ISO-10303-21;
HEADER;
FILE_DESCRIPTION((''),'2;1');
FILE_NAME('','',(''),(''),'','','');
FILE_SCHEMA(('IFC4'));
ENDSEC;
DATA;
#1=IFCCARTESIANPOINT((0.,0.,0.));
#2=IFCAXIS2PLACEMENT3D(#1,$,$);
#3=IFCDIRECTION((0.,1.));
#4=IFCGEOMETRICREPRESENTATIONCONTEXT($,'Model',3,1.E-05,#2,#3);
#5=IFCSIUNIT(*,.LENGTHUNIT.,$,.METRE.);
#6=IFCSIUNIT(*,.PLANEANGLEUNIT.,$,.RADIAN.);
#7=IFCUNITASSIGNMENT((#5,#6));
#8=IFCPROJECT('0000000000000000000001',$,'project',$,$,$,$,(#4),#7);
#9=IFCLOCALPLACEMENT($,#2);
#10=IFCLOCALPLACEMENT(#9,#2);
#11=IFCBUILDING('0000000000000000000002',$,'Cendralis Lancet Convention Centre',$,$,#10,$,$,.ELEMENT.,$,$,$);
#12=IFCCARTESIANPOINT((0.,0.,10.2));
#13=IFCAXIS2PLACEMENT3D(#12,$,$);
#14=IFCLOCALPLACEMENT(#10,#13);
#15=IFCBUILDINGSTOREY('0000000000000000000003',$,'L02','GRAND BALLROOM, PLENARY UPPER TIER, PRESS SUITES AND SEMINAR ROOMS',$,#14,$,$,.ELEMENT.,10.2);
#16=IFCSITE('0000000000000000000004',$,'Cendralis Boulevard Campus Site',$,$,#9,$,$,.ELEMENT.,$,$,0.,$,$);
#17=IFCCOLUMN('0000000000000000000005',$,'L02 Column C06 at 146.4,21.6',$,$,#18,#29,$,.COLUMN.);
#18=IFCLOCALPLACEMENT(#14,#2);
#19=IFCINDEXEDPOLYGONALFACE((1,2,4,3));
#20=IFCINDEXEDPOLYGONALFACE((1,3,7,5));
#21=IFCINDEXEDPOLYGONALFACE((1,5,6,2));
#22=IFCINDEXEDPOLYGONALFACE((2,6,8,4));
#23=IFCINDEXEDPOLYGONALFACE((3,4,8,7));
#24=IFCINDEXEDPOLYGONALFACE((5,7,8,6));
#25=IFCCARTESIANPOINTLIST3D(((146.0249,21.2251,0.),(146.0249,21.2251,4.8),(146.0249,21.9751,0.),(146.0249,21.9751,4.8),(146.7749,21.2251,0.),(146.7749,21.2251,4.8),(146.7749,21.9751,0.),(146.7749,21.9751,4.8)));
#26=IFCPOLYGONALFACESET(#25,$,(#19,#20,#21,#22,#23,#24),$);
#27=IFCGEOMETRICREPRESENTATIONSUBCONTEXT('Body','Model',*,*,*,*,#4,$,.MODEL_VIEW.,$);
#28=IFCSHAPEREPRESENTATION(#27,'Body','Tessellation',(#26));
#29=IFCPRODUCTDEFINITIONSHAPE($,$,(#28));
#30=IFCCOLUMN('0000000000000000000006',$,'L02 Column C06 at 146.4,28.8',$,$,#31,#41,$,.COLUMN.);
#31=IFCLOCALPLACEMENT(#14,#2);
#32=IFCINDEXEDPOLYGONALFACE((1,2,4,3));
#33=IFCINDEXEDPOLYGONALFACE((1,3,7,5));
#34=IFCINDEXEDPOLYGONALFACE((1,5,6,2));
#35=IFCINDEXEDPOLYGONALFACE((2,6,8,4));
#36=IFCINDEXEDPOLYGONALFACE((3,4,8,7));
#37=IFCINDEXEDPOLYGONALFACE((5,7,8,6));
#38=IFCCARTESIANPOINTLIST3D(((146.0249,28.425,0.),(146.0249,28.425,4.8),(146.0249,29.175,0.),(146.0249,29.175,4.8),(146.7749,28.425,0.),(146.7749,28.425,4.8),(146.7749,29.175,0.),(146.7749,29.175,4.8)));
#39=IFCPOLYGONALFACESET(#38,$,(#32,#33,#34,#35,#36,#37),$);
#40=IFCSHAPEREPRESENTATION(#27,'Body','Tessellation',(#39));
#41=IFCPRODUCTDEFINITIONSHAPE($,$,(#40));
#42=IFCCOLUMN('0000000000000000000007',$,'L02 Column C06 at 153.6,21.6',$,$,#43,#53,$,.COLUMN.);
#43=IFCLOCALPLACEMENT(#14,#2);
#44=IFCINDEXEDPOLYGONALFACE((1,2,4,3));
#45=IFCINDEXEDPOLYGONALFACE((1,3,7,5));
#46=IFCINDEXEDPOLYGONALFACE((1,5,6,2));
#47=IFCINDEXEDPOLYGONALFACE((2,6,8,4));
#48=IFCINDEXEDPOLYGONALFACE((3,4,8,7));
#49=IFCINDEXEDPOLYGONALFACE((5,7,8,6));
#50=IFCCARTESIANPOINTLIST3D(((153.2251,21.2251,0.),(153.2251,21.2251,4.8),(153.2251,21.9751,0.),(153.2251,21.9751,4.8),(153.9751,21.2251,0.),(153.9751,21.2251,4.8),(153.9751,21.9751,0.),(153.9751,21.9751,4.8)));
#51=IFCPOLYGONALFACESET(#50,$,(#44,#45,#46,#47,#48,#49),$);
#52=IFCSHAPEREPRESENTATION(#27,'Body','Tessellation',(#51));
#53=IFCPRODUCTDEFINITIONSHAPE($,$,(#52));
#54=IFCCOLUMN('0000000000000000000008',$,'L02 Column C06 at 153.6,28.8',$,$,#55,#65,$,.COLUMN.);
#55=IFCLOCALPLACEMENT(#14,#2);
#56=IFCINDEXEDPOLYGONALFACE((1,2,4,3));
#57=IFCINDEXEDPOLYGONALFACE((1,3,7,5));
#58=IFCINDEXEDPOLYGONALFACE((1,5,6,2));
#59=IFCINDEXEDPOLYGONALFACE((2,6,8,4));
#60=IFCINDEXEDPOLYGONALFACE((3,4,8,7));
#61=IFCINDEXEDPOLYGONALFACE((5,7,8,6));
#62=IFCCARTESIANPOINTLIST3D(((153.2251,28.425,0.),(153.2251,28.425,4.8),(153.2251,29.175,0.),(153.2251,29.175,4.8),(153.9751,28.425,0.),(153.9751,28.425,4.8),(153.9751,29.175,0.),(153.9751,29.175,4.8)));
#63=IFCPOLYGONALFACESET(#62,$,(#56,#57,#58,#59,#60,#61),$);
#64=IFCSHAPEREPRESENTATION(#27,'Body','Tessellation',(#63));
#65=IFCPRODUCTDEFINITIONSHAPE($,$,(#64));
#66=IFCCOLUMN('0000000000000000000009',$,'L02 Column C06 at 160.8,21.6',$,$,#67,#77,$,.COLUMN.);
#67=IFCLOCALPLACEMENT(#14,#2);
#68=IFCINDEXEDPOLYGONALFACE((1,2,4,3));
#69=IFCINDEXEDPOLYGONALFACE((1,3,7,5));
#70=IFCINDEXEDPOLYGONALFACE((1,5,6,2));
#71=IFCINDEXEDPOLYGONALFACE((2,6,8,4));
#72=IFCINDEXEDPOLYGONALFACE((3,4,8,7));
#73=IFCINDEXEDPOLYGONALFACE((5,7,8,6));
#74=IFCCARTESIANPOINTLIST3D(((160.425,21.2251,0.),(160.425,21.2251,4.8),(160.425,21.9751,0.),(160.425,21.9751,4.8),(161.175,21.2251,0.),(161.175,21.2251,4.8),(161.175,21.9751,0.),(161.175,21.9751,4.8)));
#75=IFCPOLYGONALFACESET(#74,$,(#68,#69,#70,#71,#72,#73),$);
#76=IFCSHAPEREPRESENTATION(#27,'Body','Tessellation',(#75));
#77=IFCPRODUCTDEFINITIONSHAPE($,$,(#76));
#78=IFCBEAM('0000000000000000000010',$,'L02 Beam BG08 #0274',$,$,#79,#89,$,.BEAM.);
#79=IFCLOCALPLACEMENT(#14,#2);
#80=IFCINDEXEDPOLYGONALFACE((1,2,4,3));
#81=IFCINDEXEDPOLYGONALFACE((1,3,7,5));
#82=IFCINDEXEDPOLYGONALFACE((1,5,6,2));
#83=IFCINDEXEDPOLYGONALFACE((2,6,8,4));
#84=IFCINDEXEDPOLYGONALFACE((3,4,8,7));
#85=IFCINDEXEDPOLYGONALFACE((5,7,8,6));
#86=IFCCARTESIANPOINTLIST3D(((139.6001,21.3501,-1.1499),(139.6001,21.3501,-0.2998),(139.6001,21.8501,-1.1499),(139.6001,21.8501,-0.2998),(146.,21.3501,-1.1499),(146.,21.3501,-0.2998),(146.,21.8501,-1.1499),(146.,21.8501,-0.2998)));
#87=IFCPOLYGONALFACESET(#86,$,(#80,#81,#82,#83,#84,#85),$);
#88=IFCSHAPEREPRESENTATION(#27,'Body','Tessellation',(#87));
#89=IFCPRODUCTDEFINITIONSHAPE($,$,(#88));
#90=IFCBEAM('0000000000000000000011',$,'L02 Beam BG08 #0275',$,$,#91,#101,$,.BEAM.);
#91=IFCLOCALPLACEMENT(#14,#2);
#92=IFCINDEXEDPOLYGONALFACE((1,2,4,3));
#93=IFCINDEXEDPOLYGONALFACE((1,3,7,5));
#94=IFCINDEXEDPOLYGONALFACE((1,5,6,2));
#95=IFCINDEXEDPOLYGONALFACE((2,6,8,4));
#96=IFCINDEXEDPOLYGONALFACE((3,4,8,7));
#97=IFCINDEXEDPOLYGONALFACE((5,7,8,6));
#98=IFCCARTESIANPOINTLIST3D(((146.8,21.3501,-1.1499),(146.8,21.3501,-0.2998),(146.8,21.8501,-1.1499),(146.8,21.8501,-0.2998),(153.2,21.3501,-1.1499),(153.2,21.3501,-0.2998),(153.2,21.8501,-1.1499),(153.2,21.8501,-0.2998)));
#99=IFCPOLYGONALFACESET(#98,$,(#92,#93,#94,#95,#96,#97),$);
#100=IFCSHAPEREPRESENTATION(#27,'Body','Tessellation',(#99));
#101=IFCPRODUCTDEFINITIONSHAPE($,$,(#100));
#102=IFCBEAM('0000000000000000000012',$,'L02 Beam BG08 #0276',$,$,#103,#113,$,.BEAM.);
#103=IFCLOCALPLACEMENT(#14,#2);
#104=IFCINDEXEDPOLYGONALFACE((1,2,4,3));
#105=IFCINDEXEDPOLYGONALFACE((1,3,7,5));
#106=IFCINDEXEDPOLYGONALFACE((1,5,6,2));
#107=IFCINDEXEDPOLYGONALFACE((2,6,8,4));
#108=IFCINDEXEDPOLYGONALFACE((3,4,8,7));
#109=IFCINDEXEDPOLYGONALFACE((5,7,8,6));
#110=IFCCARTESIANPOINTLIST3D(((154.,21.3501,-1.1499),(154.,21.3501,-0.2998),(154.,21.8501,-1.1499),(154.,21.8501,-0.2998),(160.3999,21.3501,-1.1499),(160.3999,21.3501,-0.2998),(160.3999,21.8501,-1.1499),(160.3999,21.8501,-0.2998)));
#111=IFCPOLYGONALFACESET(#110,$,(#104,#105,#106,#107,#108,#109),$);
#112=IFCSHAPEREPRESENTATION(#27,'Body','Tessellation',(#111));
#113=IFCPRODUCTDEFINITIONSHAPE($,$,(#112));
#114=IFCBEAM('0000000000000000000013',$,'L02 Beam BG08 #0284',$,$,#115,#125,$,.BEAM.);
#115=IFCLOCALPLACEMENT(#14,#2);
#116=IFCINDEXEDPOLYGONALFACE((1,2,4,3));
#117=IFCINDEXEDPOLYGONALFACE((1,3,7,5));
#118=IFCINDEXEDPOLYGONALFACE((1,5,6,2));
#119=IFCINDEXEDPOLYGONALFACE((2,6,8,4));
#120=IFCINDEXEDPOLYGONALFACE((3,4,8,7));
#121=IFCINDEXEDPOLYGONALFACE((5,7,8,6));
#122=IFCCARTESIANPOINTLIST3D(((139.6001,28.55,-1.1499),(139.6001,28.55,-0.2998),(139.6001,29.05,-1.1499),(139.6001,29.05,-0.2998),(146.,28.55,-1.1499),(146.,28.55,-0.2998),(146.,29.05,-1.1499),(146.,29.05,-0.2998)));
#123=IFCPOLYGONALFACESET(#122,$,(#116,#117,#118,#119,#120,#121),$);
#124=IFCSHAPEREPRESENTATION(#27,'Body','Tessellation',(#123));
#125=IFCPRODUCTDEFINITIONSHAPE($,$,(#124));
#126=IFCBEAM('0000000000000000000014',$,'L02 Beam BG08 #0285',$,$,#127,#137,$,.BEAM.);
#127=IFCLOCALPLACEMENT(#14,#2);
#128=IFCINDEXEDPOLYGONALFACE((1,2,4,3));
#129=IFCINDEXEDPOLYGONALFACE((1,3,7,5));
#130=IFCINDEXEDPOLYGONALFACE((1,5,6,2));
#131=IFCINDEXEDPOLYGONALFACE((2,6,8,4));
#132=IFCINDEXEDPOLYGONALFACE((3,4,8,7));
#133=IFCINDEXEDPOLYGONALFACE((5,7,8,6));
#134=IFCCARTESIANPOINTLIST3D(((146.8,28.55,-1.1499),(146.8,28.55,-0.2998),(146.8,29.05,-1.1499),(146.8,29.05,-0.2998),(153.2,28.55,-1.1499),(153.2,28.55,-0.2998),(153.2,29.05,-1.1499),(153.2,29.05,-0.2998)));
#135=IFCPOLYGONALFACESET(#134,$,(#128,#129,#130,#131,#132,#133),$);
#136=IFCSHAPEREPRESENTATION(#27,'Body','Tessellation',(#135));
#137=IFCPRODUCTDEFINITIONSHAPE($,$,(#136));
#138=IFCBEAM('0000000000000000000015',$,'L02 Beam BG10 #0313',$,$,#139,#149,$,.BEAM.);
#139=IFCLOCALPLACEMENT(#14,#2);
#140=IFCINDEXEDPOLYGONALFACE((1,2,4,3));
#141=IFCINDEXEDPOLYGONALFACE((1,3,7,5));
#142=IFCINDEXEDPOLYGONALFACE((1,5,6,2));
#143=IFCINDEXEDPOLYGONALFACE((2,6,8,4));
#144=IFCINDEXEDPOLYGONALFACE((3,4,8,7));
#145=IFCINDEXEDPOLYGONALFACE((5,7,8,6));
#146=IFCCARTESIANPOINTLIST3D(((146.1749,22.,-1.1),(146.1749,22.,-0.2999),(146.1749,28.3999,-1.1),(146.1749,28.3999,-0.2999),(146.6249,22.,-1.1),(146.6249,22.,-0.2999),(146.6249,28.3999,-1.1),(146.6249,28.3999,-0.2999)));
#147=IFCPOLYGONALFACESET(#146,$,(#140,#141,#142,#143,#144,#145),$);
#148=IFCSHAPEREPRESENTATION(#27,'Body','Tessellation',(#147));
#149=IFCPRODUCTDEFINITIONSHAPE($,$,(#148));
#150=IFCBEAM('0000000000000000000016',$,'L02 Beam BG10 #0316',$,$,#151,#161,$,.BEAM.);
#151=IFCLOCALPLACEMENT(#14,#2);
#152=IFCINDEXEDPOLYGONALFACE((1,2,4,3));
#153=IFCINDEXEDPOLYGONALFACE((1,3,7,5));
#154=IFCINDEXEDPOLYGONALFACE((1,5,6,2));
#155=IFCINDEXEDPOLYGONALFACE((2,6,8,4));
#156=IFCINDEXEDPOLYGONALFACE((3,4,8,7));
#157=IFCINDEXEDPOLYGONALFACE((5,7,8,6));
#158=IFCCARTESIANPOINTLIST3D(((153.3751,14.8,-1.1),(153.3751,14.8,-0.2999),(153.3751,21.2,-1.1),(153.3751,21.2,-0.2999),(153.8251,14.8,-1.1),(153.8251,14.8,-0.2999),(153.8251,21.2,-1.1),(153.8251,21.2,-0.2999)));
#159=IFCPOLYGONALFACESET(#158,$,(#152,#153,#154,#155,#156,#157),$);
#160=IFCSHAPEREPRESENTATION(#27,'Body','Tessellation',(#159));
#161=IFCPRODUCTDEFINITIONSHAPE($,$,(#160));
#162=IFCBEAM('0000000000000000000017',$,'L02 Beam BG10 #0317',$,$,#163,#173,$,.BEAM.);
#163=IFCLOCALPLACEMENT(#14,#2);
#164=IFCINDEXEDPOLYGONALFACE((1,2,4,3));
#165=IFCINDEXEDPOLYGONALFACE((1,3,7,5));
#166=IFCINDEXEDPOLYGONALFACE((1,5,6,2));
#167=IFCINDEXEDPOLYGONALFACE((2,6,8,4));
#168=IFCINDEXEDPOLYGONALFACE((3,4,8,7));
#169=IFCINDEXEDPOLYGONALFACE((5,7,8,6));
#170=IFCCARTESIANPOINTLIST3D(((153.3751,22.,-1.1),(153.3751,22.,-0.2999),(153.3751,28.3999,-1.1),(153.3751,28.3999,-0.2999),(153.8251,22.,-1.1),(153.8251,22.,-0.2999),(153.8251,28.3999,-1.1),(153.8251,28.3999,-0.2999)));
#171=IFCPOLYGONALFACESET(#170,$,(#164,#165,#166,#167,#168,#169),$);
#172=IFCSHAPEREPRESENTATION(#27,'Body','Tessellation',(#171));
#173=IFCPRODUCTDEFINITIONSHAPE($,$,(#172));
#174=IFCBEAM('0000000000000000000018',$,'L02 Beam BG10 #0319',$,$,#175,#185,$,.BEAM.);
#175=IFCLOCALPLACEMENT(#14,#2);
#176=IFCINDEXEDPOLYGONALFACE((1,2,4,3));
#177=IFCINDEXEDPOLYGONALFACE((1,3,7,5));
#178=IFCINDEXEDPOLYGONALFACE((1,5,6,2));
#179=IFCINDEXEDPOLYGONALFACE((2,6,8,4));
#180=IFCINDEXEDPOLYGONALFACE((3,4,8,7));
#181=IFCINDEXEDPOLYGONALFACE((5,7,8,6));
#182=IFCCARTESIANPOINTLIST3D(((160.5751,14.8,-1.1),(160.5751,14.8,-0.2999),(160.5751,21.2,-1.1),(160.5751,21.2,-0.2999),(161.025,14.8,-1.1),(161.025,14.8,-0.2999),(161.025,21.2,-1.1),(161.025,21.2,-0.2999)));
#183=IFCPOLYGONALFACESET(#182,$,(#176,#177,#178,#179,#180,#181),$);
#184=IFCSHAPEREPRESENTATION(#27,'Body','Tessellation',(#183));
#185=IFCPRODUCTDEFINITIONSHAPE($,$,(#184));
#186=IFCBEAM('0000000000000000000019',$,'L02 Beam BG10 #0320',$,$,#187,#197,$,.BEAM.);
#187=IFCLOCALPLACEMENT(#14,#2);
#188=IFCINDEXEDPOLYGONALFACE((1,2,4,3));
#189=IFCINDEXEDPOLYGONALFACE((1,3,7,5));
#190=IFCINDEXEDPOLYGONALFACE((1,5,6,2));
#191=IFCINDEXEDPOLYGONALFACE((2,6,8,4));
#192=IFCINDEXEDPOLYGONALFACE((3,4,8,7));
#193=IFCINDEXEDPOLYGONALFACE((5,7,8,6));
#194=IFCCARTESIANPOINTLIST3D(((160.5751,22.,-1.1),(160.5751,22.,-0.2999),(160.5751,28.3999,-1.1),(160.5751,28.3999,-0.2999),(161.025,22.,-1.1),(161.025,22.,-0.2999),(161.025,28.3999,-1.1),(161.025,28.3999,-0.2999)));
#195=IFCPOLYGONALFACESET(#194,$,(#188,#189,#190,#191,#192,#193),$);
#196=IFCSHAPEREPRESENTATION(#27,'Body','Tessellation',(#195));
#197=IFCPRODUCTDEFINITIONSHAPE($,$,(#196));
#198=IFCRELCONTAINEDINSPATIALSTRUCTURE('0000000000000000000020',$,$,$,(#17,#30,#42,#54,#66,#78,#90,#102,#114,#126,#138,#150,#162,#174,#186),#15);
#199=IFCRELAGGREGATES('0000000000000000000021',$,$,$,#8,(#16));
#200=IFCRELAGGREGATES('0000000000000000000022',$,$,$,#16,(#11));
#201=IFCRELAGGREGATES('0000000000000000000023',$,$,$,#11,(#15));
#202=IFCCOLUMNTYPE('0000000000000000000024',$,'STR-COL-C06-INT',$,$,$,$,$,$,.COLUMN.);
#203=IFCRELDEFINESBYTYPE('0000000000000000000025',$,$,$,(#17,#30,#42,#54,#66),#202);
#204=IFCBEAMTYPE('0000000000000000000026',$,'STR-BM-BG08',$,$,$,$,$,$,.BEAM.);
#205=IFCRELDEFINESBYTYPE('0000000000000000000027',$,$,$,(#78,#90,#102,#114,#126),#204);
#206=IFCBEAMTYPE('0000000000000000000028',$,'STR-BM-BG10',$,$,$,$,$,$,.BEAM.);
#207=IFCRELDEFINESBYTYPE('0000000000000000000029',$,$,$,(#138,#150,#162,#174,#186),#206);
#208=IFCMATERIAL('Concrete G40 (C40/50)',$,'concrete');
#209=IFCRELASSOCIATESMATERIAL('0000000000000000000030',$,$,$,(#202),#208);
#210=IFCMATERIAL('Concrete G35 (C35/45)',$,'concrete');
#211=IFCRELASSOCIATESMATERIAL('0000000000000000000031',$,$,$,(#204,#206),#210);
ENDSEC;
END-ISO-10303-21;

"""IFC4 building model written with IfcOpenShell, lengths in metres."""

from ifc_helpers import new_model, si_unit, direction, frame, origin, origin_2d, place, context, subcontext, project, spatial, rectangle, extrude, material, material_profile, profile_set, type_object, element, save


model = new_model("IFC4")

# Units and contexts
model_context = context("Model", 3, precision=1e-05, world=origin(), true_north=direction((0.0, 1.0)))
body_context = subcontext(model_context, "Body", "Model", "MODEL_VIEW")
ifc_project = project(units=[si_unit("LENGTHUNIT", "METRE"), si_unit("PLANEANGLEUNIT", "RADIAN")], contexts=[model_context])

# Site, building, storey
site_placement = place(None, origin())
site = spatial("IfcSite", under=ifc_project, at=site_placement, Name="Cendralis Boulevard Campus Site", CompositionType="ELEMENT", RefElevation=0.0)
building_placement = place(site_placement, origin())
building = spatial("IfcBuilding", under=site, at=building_placement, Name="Cendralis Lancet Convention Centre", CompositionType="ELEMENT")
storey_placement = place(building_placement, frame((0.0, 0.0, 10.2)))
storey = spatial("IfcBuildingStorey", under=building, at=storey_placement, Name="L02", Description="GRAND BALLROOM, PLENARY UPPER TIER, PRESS SUITES AND SEMINAR ROOMS", CompositionType="ELEMENT", Elevation=10.2)

# Columns
ifc_material_1 = material(Name="Concrete G40 (C40/50)", Category="concrete")
ifc_material_profile_1 = material_profile(ifc_material_1, rectangle(XDim=0.75, YDim=0.75, at=origin_2d()), Name="RC 750x750")
ifc_profile_set_1 = profile_set([ifc_material_profile_1], Name="Concrete G40 (C40/50)")
column_type = type_object("IfcColumnType", Name="STR-COL-C06-INT", PredefinedType="COLUMN", material=ifc_profile_set_1)
for number, where, z_axis, x_axis, name in (
    (1, (146.3999, 21.6001, 0.0), (0.0, 0.0, 1.0), (1.0, 0.0, 0.0), "L02 Column C06 at 146.4,21.6"),
    (2, (146.3999, 28.8, 0.0), (0.0, 0.0, 1.0), (1.0, 0.0, 0.0), "L02 Column C06 at 146.4,28.8"),
    (3, (153.6001, 21.6001, 0.0), (0.0, 0.0, 1.0), (1.0, 0.0, 0.0), "L02 Column C06 at 153.6,21.6"),
    (4, (153.6001, 28.8, 0.0), (0.0, 0.0, 1.0), (1.0, 0.0, 0.0), "L02 Column C06 at 153.6,28.8"),
    (5, (160.8, 21.6001, 0.0), (0.0, 0.0, 1.0), (1.0, 0.0, 0.0), "L02 Column C06 at 160.8,21.6"),
):
    element("IfcColumn", number, at=place(storey_placement, frame(where, z_axis=z_axis, x_axis=x_axis)), inside=storey, type_object=column_type, Name=name, PredefinedType="COLUMN", context=body_context, shape_type="SweptSolid", body=[
        extrude(rectangle(XDim=0.75, YDim=0.75, at=origin_2d()), origin(), (0.0, 0.0, 1.0), 4.8),
    ])

# Beams
ifc_material_2 = material(Name="Concrete G35 (C35/45)", Category="concrete")
ifc_material_profile_2 = material_profile(ifc_material_2, rectangle(XDim=0.5, YDim=0.8501, at=origin_2d()), Name="RCB 500x850")
ifc_profile_set_2 = profile_set([ifc_material_profile_2], Name="Concrete G35 (C35/45)")
beam_type_1 = type_object("IfcBeamType", Name="STR-BM-BG08", PredefinedType="BEAM", material=ifc_profile_set_2)
for number, where, z_axis, x_axis, name in (
    (6, (139.6001, 21.6001, -0.7249), (1.0, 0.0, 0.0), (0.0, 1.0, 0.0), "L02 Beam BG08 #0274"),
    (7, (146.8, 21.6001, -0.7249), (1.0, 0.0, 0.0), (0.0, 1.0, 0.0), "L02 Beam BG08 #0275"),
    (8, (154.0, 21.6001, -0.7249), (1.0, 0.0, 0.0), (0.0, 1.0, 0.0), "L02 Beam BG08 #0276"),
    (9, (139.6001, 28.8, -0.7249), (1.0, 0.0, 0.0), (0.0, 1.0, 0.0), "L02 Beam BG08 #0284"),
    (10, (146.8, 28.8, -0.7249), (1.0, 0.0, 0.0), (0.0, 1.0, 0.0), "L02 Beam BG08 #0285"),
):
    element("IfcBeam", number, at=place(storey_placement, frame(where, z_axis=z_axis, x_axis=x_axis)), inside=storey, type_object=beam_type_1, Name=name, PredefinedType="BEAM", context=body_context, shape_type="SweptSolid", body=[
        extrude(rectangle(XDim=0.5, YDim=0.8501, at=origin_2d()), origin(), (0.0, 0.0, 1.0), 6.3999),
    ])
ifc_material_profile_3 = material_profile(ifc_material_2, rectangle(XDim=0.45, YDim=0.8, at=origin_2d()), Name="RCB 450x800")
ifc_profile_set_3 = profile_set([ifc_material_profile_3], Name="Concrete G35 (C35/45)")
beam_type_2 = type_object("IfcBeamType", Name="STR-BM-BG10", PredefinedType="BEAM", material=ifc_profile_set_3)
for number, where, z_axis, x_axis, name in (
    (11, (146.3999, 22.0, -0.7), (0.0, 1.0, 0.0), (-1.0, 0.0, 0.0), "L02 Beam BG10 #0313"),
    (12, (153.6001, 14.8, -0.7), (0.0, 1.0, 0.0), (-1.0, 0.0, 0.0), "L02 Beam BG10 #0316"),
    (13, (153.6001, 22.0, -0.7), (0.0, 1.0, 0.0), (-1.0, 0.0, 0.0), "L02 Beam BG10 #0317"),
    (14, (160.8, 14.8, -0.7), (0.0, 1.0, 0.0), (-1.0, 0.0, 0.0), "L02 Beam BG10 #0319"),
    (15, (160.8, 22.0, -0.7), (0.0, 1.0, 0.0), (-1.0, 0.0, 0.0), "L02 Beam BG10 #0320"),
):
    element("IfcBeam", number, at=place(storey_placement, frame(where, z_axis=z_axis, x_axis=x_axis)), inside=storey, type_object=beam_type_2, Name=name, PredefinedType="BEAM", context=body_context, shape_type="SweptSolid", body=[
        extrude(rectangle(XDim=0.45, YDim=0.8, at=origin_2d()), origin(), (0.0, 0.0, 1.0), 6.3999),
    ])

save(model, "model.ifc")
